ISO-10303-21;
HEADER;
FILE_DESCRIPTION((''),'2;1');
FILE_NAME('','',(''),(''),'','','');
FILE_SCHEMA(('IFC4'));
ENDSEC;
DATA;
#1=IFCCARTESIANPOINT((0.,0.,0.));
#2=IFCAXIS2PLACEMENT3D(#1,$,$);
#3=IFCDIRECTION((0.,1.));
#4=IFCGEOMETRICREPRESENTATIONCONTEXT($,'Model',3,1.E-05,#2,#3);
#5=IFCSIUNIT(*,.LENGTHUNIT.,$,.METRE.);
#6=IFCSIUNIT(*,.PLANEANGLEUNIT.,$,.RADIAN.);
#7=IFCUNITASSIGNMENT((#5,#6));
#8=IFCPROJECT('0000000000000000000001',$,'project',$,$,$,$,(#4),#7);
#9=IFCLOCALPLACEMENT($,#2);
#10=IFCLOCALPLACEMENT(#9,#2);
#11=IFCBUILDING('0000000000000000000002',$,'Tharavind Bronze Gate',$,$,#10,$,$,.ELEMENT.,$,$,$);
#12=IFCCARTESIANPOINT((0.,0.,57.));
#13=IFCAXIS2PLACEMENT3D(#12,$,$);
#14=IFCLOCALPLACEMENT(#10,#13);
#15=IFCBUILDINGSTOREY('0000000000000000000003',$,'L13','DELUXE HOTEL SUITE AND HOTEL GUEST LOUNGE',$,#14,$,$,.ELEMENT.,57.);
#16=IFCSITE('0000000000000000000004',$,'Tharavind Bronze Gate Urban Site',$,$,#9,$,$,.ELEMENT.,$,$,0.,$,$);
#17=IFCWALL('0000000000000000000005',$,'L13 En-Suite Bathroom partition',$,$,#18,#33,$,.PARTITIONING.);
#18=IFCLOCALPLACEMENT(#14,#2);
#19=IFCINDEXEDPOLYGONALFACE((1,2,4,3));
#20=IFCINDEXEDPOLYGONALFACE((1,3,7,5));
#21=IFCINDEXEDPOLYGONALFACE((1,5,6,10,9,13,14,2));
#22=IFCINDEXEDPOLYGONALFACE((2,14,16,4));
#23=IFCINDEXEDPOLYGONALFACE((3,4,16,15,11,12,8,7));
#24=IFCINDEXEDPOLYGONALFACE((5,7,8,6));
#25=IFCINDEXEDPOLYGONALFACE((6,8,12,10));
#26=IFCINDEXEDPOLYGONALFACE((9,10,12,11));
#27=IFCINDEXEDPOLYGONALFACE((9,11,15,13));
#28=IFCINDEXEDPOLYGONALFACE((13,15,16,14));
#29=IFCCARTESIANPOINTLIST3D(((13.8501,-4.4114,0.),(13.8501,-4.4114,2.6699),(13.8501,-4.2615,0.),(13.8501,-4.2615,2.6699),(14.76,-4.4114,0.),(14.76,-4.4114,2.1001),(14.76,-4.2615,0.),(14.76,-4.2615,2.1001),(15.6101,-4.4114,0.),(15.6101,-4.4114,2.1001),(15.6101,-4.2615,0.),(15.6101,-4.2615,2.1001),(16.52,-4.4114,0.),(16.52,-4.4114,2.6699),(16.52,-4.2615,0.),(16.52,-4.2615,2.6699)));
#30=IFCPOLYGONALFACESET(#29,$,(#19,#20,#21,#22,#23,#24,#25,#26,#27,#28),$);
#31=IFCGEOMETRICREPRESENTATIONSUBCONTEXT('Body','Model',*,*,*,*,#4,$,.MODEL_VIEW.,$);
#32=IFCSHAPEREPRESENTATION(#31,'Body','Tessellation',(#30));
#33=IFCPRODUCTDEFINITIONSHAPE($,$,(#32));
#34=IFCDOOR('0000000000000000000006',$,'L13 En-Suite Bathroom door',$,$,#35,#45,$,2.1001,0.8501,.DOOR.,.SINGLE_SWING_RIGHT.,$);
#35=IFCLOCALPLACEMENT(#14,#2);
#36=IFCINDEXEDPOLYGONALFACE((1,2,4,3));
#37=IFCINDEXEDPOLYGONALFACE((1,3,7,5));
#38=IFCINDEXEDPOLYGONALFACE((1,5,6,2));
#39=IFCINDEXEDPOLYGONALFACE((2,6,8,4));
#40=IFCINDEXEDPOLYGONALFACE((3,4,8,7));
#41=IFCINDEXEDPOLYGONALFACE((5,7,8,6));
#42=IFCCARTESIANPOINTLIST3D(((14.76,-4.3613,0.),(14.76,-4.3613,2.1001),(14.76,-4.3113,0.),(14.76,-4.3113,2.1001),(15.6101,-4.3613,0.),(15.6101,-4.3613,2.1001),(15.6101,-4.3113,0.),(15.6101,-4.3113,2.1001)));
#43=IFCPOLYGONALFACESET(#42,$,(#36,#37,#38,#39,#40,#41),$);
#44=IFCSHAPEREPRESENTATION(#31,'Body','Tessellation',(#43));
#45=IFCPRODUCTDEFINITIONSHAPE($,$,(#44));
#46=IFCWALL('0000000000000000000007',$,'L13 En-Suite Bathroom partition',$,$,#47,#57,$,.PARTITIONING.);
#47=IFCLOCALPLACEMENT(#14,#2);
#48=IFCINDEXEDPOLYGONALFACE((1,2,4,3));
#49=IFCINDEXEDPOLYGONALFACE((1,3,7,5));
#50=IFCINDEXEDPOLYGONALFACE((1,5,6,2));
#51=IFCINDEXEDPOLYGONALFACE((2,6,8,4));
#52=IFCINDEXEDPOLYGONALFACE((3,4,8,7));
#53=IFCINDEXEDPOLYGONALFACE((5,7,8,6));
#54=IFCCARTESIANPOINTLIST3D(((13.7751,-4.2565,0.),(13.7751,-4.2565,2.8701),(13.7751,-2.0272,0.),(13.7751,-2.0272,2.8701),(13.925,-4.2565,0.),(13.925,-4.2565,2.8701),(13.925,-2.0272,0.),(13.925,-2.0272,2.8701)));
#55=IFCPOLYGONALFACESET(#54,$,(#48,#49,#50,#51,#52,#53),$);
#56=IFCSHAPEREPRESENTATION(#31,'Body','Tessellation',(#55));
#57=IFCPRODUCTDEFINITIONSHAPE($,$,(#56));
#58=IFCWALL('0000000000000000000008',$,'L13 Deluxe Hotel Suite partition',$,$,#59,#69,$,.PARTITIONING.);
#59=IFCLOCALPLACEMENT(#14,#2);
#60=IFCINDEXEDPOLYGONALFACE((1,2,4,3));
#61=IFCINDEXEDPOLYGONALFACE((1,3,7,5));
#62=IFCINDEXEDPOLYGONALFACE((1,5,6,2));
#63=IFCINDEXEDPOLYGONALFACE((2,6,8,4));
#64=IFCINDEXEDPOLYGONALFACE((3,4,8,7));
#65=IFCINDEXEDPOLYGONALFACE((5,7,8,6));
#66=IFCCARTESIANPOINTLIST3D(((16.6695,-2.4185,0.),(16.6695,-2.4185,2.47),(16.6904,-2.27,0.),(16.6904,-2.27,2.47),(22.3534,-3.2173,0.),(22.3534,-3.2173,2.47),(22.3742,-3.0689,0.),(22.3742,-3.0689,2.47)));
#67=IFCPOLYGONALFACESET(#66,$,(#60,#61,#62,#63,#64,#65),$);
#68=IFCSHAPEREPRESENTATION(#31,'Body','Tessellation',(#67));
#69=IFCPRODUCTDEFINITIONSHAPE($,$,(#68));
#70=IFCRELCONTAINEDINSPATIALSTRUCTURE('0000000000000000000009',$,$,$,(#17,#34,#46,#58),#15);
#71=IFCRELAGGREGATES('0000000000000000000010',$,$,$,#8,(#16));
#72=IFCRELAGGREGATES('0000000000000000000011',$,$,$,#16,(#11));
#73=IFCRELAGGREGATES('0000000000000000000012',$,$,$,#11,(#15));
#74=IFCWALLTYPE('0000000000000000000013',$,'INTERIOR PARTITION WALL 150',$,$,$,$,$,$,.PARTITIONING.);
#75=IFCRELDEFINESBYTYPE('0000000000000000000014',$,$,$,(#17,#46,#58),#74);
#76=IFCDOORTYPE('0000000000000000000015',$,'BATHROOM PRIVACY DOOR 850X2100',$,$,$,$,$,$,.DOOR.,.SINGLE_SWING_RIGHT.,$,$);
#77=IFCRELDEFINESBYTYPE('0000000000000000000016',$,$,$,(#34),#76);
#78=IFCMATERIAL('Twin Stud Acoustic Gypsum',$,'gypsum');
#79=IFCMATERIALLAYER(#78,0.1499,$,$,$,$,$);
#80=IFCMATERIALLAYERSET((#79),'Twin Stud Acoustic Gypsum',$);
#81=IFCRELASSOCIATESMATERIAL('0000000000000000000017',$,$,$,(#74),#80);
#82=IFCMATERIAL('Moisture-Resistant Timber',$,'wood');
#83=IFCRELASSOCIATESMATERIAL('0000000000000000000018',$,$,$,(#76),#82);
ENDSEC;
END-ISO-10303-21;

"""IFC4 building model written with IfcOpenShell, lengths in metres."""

from ifc_helpers import new_model, si_unit, direction, frame, frame_2d, origin, place, context, subcontext, project, spatial, rectangle, extrude, material, layer, layer_set, type_object, element, fill, save


model = new_model("IFC4")

# Units and contexts
model_context = context("Model", 3, precision=1e-05, world=origin(), true_north=direction((0.0, 1.0)))
body_context = subcontext(model_context, "Body", "Model", "MODEL_VIEW")
ifc_project = project(units=[si_unit("LENGTHUNIT", "METRE"), si_unit("PLANEANGLEUNIT", "RADIAN")], contexts=[model_context])

# Site, building, storey
site_placement = place(None, origin())
site = spatial("IfcSite", under=ifc_project, at=site_placement, Name="Tharavind Bronze Gate Urban Site", CompositionType="ELEMENT", RefElevation=0.0)
building_placement = place(site_placement, origin())
building = spatial("IfcBuilding", under=site, at=building_placement, Name="Tharavind Bronze Gate", CompositionType="ELEMENT")
storey_placement = place(building_placement, frame((0.0, 0.0, 57.0)))
storey = spatial("IfcBuildingStorey", under=building, at=storey_placement, Name="L13", Description="DELUXE HOTEL SUITE AND HOTEL GUEST LOUNGE", CompositionType="ELEMENT", Elevation=57.0)

# Wall, opening, door
ifc_material_1 = material(Name="Twin Stud Acoustic Gypsum", Category="gypsum")
ifc_layer_1 = layer(ifc_material_1, 0.1499)
ifc_layer_set_1 = layer_set([ifc_layer_1], Name="Twin Stud Acoustic Gypsum")
wall_type_1 = type_object("IfcWallType", Name="INTERIOR PARTITION WALL 150", PredefinedType="PARTITIONING", material=ifc_layer_set_1)
ifc_material_2 = material(Name="Moisture-Resistant Timber", Category="wood")
door_type_1 = type_object("IfcDoorType", Name="BATHROOM PRIVACY DOOR 850X2100", OperationType="SINGLE_SWING_RIGHT", PredefinedType="DOOR", material=ifc_material_2)
wall_1_placement = place(storey_placement, frame((16.52, -4.3364, 0.0), z_axis=(0.0, 0.0, 1.0), x_axis=(-1.0, 0.0, 0.0)))
wall_1 = element("IfcWall", 1, at=wall_1_placement, inside=storey, type_object=wall_type_1, Name="L13 En-Suite Bathroom partition", PredefinedType="PARTITIONING", context=body_context, shape_type="SweptSolid", body=[
    extrude(rectangle(XDim=2.6699, YDim=0.1499, at=frame_2d((1.335, 0.0))), origin(), (0.0, 0.0, 1.0), 2.6699),
])
opening_1_placement = place(wall_1_placement, frame((0.9099, 0.0, 0.0)))
opening_1 = element("IfcOpeningElement", 2, at=opening_1_placement, cuts=wall_1, PredefinedType="OPENING", context=body_context, shape_type="SweptSolid", body=[
    extrude(rectangle(XDim=0.8501, YDim=2.1001, at=frame_2d((0.425, 1.05))), frame((0.0, 0.085, 0.0), z_axis=(0.0, -1.0, 0.0), x_axis=(1.0, 0.0, 0.0)), (0.0, 0.0, 1.0), 0.1699),
])
door_1_placement = place(opening_1_placement, origin())
door_1 = element("IfcDoor", 3, at=door_1_placement, inside=storey, type_object=door_type_1, Name="L13 En-Suite Bathroom door", OperationType="SINGLE_SWING_RIGHT", OverallHeight=2.1001, OverallWidth=0.8501, PredefinedType="DOOR", context=body_context, shape_type="SweptSolid", body=[
    extrude(rectangle(XDim=0.8501, YDim=2.1001, at=frame_2d((0.425, 1.05))), frame((0.0, 0.0249, 0.0), z_axis=(0.0, -1.0, 0.0), x_axis=(1.0, 0.0, 0.0)), (0.0, 0.0, 1.0), 0.05),
])
fill(opening_1, door_1)

# Walls
wall_2_placement = place(storey_placement, frame((13.8501, -4.2566, 0.0), z_axis=(0.0, 0.0, 1.0), x_axis=(0.0, 1.0, 0.0)))
element("IfcWall", 4, at=wall_2_placement, inside=storey, type_object=wall_type_1, Name="L13 En-Suite Bathroom partition", PredefinedType="PARTITIONING", context=body_context, shape_type="SweptSolid", body=[
    extrude(rectangle(XDim=2.2292, YDim=0.1499, at=frame_2d((1.1147, 0.0))), origin(), (0.0, 0.0, 1.0), 2.8701),
])
wall_3_placement = place(storey_placement, frame((16.6799, -2.3442, 0.0), z_axis=(0.0, 0.0, 1.0), x_axis=(0.990268, -0.139176, 0.0)))
element("IfcWall", 5, at=wall_3_placement, inside=storey, type_object=wall_type_1, Name="L13 Deluxe Hotel Suite partition", PredefinedType="PARTITIONING", context=body_context, shape_type="SweptSolid", body=[
    extrude(rectangle(XDim=5.7397, YDim=0.1499, at=frame_2d((2.8699, 0.0))), origin(), (0.0, 0.0, 1.0), 2.47),
])

save(model, "model.ifc")
